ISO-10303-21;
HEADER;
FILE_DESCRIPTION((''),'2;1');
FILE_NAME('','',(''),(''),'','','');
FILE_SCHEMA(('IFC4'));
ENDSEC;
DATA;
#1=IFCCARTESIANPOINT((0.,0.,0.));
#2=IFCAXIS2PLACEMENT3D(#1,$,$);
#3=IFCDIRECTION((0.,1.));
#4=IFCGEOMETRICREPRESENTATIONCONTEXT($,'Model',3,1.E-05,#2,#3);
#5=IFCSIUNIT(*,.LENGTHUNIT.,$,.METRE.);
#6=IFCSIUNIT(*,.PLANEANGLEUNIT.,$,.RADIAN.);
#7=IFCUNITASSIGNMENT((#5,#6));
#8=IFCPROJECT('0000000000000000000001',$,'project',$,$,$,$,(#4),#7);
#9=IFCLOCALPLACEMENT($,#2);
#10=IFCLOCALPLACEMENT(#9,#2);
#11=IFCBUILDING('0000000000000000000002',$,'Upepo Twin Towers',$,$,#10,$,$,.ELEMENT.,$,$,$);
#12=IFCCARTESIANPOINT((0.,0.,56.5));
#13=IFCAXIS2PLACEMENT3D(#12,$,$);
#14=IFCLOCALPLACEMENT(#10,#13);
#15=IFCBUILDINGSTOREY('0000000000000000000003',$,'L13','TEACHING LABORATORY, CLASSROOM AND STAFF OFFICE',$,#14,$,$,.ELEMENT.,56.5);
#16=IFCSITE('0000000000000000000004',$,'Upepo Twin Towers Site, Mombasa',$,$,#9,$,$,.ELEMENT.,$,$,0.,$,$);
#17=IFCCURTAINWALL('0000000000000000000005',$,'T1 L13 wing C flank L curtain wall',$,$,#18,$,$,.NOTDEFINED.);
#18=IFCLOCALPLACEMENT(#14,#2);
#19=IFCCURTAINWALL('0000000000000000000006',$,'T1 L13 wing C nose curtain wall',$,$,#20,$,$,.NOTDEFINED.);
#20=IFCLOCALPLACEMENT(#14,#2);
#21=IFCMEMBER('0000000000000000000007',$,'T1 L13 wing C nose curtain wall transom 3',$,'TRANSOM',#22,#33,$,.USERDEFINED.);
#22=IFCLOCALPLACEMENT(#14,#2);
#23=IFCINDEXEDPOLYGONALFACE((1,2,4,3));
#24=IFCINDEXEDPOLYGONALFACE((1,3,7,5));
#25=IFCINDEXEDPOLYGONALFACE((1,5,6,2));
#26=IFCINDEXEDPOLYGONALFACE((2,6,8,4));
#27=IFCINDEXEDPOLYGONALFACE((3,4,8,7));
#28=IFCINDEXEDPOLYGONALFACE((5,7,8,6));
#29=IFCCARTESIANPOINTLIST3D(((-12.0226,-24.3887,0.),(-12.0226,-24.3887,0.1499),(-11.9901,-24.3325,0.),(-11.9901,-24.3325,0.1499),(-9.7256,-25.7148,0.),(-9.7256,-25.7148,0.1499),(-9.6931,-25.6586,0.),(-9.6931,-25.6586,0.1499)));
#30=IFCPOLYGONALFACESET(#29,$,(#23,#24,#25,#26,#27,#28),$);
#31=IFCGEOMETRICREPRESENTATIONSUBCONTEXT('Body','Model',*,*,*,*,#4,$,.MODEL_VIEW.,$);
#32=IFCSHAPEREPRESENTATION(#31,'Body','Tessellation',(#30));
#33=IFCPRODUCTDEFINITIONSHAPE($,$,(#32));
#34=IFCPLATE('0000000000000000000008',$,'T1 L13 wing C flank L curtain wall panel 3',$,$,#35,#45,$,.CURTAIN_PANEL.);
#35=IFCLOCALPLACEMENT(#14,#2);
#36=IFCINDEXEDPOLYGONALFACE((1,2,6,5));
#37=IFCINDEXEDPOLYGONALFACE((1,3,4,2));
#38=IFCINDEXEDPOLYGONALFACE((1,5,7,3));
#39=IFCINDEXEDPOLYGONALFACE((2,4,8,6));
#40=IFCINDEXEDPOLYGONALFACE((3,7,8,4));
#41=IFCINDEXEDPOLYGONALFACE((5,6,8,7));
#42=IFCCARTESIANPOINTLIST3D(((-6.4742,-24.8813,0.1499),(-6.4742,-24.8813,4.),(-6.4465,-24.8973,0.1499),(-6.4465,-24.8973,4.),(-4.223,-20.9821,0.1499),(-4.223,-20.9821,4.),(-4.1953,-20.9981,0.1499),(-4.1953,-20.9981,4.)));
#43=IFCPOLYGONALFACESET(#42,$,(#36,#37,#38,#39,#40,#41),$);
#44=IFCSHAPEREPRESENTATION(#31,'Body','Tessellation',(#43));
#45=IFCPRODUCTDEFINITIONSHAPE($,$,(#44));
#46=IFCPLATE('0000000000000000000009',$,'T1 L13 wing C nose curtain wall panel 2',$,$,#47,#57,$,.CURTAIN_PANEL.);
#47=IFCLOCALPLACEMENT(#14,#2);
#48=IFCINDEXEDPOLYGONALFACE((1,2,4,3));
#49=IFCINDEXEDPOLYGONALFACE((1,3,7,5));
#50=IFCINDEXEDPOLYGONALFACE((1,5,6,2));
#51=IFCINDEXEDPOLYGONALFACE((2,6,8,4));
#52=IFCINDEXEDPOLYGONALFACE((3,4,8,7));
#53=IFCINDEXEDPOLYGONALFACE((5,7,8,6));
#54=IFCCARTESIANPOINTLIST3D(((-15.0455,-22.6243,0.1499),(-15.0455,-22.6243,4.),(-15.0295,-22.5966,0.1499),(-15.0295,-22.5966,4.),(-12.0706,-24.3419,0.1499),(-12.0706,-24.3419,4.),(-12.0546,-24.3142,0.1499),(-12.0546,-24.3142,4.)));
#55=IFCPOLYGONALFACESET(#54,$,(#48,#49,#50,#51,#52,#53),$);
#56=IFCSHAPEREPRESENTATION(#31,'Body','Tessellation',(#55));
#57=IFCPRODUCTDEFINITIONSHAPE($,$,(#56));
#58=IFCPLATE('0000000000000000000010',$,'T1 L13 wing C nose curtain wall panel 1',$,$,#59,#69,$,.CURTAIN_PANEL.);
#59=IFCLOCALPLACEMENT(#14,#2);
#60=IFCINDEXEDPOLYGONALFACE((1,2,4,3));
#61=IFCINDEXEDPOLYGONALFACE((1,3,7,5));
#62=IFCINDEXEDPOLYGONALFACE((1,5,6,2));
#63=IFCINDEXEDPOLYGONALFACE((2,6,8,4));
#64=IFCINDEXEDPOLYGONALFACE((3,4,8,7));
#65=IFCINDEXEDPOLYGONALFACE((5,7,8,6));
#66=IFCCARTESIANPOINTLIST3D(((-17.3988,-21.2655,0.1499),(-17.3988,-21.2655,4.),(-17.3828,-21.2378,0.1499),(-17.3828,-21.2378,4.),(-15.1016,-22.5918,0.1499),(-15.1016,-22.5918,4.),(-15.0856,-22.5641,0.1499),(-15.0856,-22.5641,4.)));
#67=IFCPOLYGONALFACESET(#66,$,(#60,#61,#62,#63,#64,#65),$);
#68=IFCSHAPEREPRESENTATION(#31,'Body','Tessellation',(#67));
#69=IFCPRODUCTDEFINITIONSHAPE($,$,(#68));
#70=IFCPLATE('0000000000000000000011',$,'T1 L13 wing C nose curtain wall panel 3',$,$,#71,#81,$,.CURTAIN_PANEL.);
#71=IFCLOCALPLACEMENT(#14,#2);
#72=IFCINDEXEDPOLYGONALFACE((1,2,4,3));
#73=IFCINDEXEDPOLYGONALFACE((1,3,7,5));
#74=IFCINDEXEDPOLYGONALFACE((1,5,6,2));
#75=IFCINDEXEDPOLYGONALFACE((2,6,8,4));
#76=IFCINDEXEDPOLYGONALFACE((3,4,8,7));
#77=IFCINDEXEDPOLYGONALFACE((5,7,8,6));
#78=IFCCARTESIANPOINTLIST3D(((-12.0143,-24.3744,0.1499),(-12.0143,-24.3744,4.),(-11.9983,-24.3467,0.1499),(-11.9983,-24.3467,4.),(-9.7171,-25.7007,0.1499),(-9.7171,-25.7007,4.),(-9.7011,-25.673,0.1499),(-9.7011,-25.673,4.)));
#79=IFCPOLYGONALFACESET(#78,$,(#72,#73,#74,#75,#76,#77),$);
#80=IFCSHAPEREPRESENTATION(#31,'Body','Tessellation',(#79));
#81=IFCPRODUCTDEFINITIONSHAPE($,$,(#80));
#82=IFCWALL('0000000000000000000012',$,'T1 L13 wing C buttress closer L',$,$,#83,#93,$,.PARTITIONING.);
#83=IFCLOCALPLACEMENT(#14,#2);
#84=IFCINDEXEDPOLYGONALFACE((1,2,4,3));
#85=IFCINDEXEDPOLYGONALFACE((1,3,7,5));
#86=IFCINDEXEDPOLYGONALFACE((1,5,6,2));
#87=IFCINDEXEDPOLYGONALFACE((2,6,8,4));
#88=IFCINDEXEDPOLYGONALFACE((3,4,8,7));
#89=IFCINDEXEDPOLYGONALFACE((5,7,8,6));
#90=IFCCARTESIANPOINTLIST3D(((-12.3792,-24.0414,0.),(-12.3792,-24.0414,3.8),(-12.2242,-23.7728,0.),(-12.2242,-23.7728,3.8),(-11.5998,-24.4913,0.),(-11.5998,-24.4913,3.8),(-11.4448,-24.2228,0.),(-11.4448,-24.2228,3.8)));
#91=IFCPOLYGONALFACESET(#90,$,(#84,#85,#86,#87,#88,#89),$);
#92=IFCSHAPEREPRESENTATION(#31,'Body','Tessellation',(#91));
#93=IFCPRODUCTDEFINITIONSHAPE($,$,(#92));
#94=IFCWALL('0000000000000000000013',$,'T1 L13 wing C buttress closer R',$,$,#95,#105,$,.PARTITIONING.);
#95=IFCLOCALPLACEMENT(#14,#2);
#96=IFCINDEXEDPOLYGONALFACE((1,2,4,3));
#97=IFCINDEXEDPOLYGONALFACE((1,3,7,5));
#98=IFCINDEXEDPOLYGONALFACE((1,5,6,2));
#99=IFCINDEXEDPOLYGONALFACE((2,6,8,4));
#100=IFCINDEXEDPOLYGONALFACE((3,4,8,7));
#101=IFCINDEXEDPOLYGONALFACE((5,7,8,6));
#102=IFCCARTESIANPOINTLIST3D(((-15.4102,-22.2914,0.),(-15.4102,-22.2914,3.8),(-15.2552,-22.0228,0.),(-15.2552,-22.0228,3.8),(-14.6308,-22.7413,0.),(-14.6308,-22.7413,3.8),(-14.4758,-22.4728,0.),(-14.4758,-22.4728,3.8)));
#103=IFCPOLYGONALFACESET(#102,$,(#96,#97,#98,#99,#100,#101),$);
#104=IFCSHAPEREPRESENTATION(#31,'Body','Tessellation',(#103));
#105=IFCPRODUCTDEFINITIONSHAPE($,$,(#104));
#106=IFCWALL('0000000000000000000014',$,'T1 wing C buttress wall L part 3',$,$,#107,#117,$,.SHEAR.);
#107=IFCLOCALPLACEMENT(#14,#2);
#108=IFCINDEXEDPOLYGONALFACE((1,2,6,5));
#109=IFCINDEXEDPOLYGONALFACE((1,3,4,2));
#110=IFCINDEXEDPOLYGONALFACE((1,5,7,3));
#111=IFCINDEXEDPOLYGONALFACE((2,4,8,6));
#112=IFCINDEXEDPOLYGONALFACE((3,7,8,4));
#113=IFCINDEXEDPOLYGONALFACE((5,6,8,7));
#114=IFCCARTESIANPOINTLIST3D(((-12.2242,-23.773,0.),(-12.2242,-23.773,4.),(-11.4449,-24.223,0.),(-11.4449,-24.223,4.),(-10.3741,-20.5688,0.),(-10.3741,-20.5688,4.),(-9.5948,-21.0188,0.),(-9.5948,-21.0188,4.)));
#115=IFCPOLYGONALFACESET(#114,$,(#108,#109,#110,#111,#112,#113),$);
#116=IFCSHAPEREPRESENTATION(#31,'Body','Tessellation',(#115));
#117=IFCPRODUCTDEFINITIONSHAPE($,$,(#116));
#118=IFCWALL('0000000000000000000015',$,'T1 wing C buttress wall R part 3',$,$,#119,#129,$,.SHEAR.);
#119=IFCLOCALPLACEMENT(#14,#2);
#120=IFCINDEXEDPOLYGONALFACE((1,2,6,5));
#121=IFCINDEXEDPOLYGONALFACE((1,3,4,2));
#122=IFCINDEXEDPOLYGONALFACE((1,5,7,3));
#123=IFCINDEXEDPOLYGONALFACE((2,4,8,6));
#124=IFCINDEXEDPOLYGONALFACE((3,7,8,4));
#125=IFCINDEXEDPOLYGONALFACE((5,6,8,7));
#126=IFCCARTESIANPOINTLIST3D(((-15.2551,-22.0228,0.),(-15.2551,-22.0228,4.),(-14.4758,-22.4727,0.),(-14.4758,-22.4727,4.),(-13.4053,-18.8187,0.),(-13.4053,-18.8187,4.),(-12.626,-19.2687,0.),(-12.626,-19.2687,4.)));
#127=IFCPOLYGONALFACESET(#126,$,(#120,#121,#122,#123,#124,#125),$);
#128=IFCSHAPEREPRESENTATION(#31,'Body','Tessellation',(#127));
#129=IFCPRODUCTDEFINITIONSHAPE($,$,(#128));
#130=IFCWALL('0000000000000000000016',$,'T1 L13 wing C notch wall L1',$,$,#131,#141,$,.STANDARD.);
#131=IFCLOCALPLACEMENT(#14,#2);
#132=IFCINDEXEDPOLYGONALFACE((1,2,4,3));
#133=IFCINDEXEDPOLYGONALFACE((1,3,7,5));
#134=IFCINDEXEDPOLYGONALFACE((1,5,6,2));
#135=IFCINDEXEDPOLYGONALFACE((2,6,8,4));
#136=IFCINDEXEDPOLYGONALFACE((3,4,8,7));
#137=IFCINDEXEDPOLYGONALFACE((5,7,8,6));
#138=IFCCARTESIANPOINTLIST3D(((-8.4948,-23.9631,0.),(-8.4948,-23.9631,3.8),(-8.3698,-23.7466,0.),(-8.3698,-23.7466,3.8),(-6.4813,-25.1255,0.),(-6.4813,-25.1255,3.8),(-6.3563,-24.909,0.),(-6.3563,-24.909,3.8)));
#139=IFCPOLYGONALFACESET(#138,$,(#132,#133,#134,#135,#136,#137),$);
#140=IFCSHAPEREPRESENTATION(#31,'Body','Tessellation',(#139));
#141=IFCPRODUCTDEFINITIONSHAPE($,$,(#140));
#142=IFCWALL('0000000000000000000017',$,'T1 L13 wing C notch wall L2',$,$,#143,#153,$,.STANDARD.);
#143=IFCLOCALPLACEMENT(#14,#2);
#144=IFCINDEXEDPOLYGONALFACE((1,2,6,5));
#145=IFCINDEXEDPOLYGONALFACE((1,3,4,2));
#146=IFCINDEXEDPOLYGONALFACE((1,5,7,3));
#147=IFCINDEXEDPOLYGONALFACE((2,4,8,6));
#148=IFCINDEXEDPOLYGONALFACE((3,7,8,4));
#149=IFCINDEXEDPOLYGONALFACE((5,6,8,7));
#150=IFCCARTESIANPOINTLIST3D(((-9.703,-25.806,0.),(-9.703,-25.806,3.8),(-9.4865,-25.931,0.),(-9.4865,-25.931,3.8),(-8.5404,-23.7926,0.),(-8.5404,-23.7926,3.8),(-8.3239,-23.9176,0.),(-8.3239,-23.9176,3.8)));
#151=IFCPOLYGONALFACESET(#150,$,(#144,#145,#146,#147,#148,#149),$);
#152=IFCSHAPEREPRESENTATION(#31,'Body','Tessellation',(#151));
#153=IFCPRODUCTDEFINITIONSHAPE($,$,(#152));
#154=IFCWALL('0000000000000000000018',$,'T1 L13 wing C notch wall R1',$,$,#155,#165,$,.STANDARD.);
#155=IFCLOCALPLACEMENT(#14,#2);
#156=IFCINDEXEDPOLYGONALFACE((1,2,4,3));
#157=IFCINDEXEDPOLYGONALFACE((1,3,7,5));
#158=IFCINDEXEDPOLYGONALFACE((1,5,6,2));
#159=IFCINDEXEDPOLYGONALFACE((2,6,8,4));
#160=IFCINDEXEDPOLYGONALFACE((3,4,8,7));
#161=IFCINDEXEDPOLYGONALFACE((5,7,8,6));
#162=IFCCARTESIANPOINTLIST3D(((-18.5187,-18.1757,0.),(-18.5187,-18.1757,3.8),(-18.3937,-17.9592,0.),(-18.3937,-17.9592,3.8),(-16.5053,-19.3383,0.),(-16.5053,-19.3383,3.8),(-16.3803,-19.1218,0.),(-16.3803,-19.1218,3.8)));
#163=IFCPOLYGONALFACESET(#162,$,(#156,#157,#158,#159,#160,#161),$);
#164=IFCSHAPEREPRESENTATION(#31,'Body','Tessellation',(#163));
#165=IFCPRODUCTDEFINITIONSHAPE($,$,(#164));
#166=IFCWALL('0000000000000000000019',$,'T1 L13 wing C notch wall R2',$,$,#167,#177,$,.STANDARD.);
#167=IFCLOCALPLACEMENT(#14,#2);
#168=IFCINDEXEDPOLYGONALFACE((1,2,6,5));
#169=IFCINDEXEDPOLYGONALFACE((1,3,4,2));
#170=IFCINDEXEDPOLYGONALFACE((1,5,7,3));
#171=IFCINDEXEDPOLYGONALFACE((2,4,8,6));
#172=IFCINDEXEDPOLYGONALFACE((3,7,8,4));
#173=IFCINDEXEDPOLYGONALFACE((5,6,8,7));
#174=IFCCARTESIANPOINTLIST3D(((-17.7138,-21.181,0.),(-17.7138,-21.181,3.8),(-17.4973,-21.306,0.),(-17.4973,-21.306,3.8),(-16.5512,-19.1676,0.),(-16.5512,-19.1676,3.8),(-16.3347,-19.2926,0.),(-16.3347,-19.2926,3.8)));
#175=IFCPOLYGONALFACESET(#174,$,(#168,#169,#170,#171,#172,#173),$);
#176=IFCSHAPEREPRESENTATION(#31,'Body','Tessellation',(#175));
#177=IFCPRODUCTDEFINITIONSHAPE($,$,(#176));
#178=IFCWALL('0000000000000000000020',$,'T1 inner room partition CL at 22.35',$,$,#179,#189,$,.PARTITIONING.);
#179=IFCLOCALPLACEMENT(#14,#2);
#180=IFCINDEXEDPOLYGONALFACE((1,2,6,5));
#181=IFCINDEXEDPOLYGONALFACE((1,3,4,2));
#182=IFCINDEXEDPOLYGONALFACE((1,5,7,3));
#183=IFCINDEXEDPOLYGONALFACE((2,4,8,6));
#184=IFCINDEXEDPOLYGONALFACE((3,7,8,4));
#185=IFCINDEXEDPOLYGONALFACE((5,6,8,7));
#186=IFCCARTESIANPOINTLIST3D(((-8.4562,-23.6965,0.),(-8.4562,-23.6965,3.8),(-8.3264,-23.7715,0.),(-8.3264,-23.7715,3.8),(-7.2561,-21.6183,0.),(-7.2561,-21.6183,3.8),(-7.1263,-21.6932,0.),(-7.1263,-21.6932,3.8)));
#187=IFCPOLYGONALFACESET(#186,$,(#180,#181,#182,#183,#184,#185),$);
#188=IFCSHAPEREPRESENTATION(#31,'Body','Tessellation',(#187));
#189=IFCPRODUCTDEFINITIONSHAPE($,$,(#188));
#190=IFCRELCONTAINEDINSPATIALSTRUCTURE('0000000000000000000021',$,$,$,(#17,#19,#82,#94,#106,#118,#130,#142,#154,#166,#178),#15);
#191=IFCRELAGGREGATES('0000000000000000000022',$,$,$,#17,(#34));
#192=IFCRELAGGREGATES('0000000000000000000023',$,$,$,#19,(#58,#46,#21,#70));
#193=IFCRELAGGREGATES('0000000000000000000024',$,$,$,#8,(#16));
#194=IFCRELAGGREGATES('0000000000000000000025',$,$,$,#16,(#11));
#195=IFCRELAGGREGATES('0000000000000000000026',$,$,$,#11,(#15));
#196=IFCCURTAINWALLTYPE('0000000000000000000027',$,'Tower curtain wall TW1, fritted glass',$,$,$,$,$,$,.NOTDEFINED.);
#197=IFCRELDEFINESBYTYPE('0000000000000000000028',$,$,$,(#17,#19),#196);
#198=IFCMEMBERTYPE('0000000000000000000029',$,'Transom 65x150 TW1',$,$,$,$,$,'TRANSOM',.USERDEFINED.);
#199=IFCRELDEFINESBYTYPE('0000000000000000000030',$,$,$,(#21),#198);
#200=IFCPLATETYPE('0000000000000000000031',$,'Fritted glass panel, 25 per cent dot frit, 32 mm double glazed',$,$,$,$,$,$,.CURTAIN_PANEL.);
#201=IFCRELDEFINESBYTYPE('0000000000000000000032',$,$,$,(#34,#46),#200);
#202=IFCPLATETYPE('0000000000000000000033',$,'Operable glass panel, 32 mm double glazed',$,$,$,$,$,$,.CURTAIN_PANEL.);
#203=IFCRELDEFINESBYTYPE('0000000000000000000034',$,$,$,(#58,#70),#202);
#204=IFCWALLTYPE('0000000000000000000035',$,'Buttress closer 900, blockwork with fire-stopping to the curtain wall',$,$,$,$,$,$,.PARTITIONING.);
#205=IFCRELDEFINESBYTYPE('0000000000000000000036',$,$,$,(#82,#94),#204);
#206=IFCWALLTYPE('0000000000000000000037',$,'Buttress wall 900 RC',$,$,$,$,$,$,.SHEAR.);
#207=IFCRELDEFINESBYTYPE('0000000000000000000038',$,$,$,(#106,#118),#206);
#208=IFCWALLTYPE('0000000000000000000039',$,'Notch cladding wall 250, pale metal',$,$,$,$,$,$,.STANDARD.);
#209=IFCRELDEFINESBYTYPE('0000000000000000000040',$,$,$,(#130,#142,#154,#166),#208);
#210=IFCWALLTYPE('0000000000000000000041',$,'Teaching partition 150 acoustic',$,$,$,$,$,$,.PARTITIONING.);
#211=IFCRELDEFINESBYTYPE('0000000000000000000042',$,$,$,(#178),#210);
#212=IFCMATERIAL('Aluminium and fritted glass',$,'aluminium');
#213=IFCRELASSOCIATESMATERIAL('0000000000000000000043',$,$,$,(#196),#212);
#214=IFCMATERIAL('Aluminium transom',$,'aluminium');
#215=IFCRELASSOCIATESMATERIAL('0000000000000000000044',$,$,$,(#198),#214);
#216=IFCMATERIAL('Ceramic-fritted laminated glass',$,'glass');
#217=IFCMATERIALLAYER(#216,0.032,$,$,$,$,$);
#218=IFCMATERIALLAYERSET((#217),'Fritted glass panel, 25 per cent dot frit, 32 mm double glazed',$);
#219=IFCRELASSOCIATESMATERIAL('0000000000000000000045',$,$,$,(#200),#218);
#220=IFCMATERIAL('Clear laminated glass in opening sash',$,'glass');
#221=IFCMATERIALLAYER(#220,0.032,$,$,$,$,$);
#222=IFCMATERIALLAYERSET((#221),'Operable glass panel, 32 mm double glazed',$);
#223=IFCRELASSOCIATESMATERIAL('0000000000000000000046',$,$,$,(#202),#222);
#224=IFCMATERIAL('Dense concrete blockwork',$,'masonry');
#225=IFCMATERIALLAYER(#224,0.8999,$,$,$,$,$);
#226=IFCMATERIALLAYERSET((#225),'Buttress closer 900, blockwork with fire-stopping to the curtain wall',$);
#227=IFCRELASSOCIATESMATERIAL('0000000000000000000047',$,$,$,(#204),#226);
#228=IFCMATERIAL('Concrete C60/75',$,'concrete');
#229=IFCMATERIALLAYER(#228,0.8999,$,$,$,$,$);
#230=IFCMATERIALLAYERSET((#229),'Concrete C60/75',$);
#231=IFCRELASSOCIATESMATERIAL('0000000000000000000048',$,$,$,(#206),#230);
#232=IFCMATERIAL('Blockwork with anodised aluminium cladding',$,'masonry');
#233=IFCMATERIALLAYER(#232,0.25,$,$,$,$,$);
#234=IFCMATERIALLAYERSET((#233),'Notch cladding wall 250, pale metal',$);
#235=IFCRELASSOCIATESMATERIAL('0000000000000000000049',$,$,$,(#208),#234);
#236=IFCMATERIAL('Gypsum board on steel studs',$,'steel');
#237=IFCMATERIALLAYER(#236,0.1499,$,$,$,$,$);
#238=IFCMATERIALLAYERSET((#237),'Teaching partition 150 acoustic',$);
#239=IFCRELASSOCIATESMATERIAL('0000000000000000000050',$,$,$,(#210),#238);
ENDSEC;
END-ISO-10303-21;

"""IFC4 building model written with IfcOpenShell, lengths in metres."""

from ifc_helpers import new_model, si_unit, direction, frame, frame_2d, origin, origin_2d, place, context, subcontext, project, spatial, rectangle, extrude, material, layer, layer_set, material_profile, profile_set, type_object, element, aggregate, save


model = new_model("IFC4")

# Units and contexts
model_context = context("Model", 3, precision=1e-05, world=origin(), true_north=direction((0.0, 1.0)))
body_context = subcontext(model_context, "Body", "Model", "MODEL_VIEW")
ifc_project = project(units=[si_unit("LENGTHUNIT", "METRE"), si_unit("PLANEANGLEUNIT", "RADIAN")], contexts=[model_context])

# Site, building, storey
site_placement = place(None, origin())
site = spatial("IfcSite", under=ifc_project, at=site_placement, Name="Upepo Twin Towers Site, Mombasa", CompositionType="ELEMENT", RefElevation=0.0)
building_placement = place(site_placement, origin())
building = spatial("IfcBuilding", under=site, at=building_placement, Name="Upepo Twin Towers", CompositionType="ELEMENT")
storey_placement = place(building_placement, frame((0.0, 0.0, 56.5)))
storey = spatial("IfcBuildingStorey", under=building, at=storey_placement, Name="L13", Description="TEACHING LABORATORY, CLASSROOM AND STAFF OFFICE", CompositionType="ELEMENT", Elevation=56.5)

# Curtain wall
ifc_material_1 = material(Name="Aluminium and fritted glass", Category="aluminium")
curtain_wall_type = type_object("IfcCurtainWallType", Name="Tower curtain wall TW1, fritted glass", PredefinedType="NOTDEFINED", material=ifc_material_1)
curtain_wall_1_placement = place(storey_placement, origin())
curtain_wall_1 = element("IfcCurtainWall", 1, at=curtain_wall_1_placement, inside=storey, type_object=curtain_wall_type, Name="T1 L13 wing C flank L curtain wall", PredefinedType="NOTDEFINED")

# Curtain wall
curtain_wall_2_placement = place(storey_placement, origin())
curtain_wall_2 = element("IfcCurtainWall", 2, at=curtain_wall_2_placement, inside=storey, type_object=curtain_wall_type, Name="T1 L13 wing C nose curtain wall", PredefinedType="NOTDEFINED")

# Member
ifc_material_2 = material(Name="Aluminium transom", Category="aluminium")
ifc_material_profile_1 = material_profile(ifc_material_2, rectangle(XDim=0.0649, YDim=0.1499, at=origin_2d()), Name="TRANSOM 65x150")
ifc_profile_set_1 = profile_set([ifc_material_profile_1], Name="Aluminium transom")
member_type_1 = type_object("IfcMemberType", Name="Transom 65x150 TW1", ElementType="TRANSOM", PredefinedType="USERDEFINED", material=ifc_profile_set_1)
member_1_placement = place(storey_placement, frame((-12.0063, -24.3606, 0.075), z_axis=(0.866037, -0.49998, 0.0), x_axis=(0.49998, 0.866037, 0.0)))
member_1 = element("IfcMember", 3, at=member_1_placement, type_object=member_type_1, Name="T1 L13 wing C nose curtain wall transom 3", ObjectType="TRANSOM", PredefinedType="USERDEFINED", context=body_context, shape_type="SweptSolid", body=[
    extrude(rectangle(XDim=0.0649, YDim=0.1499, at=origin_2d()), origin(), (0.0, 0.0, 1.0), 2.6523),
])

# Plates
ifc_material_3 = material(Name="Ceramic-fritted laminated glass", Category="glass")
ifc_layer_1 = layer(ifc_material_3, 0.032)
ifc_layer_set_1 = layer_set([ifc_layer_1], Name="Fritted glass panel, 25 per cent dot frit, 32 mm double glazed")
plate_type_1 = type_object("IfcPlateType", Name="Fritted glass panel, 25 per cent dot frit, 32 mm double glazed", PredefinedType="CURTAIN_PANEL", material=ifc_layer_set_1)
plate_1_placement = place(storey_placement, frame((-5.3347, -22.9397, 0.1499), z_axis=(0.0, 0.0, 1.0), x_axis=(-0.5, -0.866025, 0.0)))
plate_1 = element("IfcPlate", 4, at=plate_1_placement, type_object=plate_type_1, Name="T1 L13 wing C flank L curtain wall panel 3", PredefinedType="CURTAIN_PANEL", context=body_context, shape_type="SweptSolid", body=[
    extrude(rectangle(XDim=4.5024, YDim=0.032, at=origin_2d()), origin(), (0.0, 0.0, 1.0), 3.8501),
])
aggregate(curtain_wall_1, [plate_1])
plate_2_placement = place(storey_placement, frame((-13.55, -23.4692, 0.1499), z_axis=(0.0, 0.0, 1.0), x_axis=(0.866025, -0.5, 0.0)))
plate_2 = element("IfcPlate", 5, at=plate_2_placement, type_object=plate_type_1, Name="T1 L13 wing C nose curtain wall panel 2", PredefinedType="CURTAIN_PANEL", context=body_context, shape_type="SweptSolid", body=[
    extrude(rectangle(XDim=3.4351, YDim=0.032, at=origin_2d()), origin(), (0.0, 0.0, 1.0), 3.8501),
])
ifc_material_4 = material(Name="Clear laminated glass in opening sash", Category="glass")
ifc_layer_2 = layer(ifc_material_4, 0.032)
ifc_layer_set_2 = layer_set([ifc_layer_2], Name="Operable glass panel, 32 mm double glazed")
plate_type_2 = type_object("IfcPlateType", Name="Operable glass panel, 32 mm double glazed", PredefinedType="CURTAIN_PANEL", material=ifc_layer_set_2)
plate_3_placement = place(storey_placement, frame((-16.2422, -21.9148, 0.1499), z_axis=(0.0, 0.0, 1.0), x_axis=(0.866025, -0.5, 0.0)))
plate_3 = element("IfcPlate", 6, at=plate_3_placement, type_object=plate_type_2, Name="T1 L13 wing C nose curtain wall panel 1", PredefinedType="CURTAIN_PANEL", context=body_context, shape_type="SweptSolid", body=[
    extrude(rectangle(XDim=2.6526, YDim=0.032, at=origin_2d()), origin(), (0.0, 0.0, 1.0), 3.8501),
])
plate_4_placement = place(storey_placement, frame((-10.8577, -25.0237, 0.1499), z_axis=(0.0, 0.0, 1.0), x_axis=(0.866025, -0.5, 0.0)))
plate_4 = element("IfcPlate", 7, at=plate_4_placement, type_object=plate_type_2, Name="T1 L13 wing C nose curtain wall panel 3", PredefinedType="CURTAIN_PANEL", context=body_context, shape_type="SweptSolid", body=[
    extrude(rectangle(XDim=2.6526, YDim=0.032, at=origin_2d()), origin(), (0.0, 0.0, 1.0), 3.8501),
])
aggregate(curtain_wall_2, [plate_3, plate_2, member_1, plate_4])

# Walls
ifc_material_5 = material(Name="Dense concrete blockwork", Category="masonry")
ifc_layer_3 = layer(ifc_material_5, 0.8999)
ifc_layer_set_3 = layer_set([ifc_layer_3], Name="Buttress closer 900, blockwork with fire-stopping to the curtain wall")
wall_type_1 = type_object("IfcWallType", Name="Buttress closer 900, blockwork with fire-stopping to the curtain wall", PredefinedType="PARTITIONING", material=ifc_layer_set_3)
for number, where, z_axis, x_axis, name in (
    (8, (-11.8345, -23.9978, 0.0), (0.0, 0.0, 1.0), (-0.49995, -0.866054, 0.0), "T1 L13 wing C buttress closer L"),
    (9, (-14.8655, -22.2478, 0.0), (0.0, 0.0, 1.0), (-0.49995, -0.866054, 0.0), "T1 L13 wing C buttress closer R"),
):
    element("IfcWall", number, at=place(storey_placement, frame(where, z_axis=z_axis, x_axis=x_axis)), inside=storey, type_object=wall_type_1, Name=name, PredefinedType="PARTITIONING", context=body_context, shape_type="SweptSolid", body=[
        extrude(rectangle(XDim=0.3101, YDim=0.8999, at=frame_2d((0.155, 0.0))), origin(), (0.0, 0.0, 1.0), 3.8),
    ])
ifc_material_6 = material(Name="Concrete C60/75", Category="concrete")
ifc_layer_4 = layer(ifc_material_6, 0.8999)
ifc_layer_set_4 = layer_set([ifc_layer_4], Name="Concrete C60/75")
wall_type_2 = type_object("IfcWallType", Name="Buttress wall 900 RC", PredefinedType="SHEAR", material=ifc_layer_set_4)
wall_1_placement = place(storey_placement, frame((-9.9844, -20.7937, 0.0), z_axis=(0.0, 0.0, 1.0), x_axis=(-0.500042, -0.866001, 0.0)))
element("IfcWall", 10, at=wall_1_placement, inside=storey, type_object=wall_type_2, Name="T1 wing C buttress wall L part 3", PredefinedType="SHEAR", context=body_context, shape_type="SweptSolid", body=[
    extrude(rectangle(XDim=3.7, YDim=0.8999, at=frame_2d((1.8501, 0.0))), origin(), (0.0, 0.0, 1.0), 4.0),
])
wall_2_placement = place(storey_placement, frame((-13.0156, -19.0437, 0.0), z_axis=(0.0, 0.0, 1.0), x_axis=(-0.499993, -0.86603, 0.0)))
element("IfcWall", 11, at=wall_2_placement, inside=storey, type_object=wall_type_2, Name="T1 wing C buttress wall R part 3", PredefinedType="SHEAR", context=body_context, shape_type="SweptSolid", body=[
    extrude(rectangle(XDim=3.6997, YDim=0.8999, at=frame_2d((1.8499, 0.0))), origin(), (0.0, 0.0, 1.0), 4.0),
])
ifc_material_7 = material(Name="Blockwork with anodised aluminium cladding", Category="masonry")
ifc_layer_5 = layer(ifc_material_7, 0.25)
ifc_layer_set_5 = layer_set([ifc_layer_5], Name="Notch cladding wall 250, pale metal")
wall_type_3 = type_object("IfcWallType", Name="Notch cladding wall 250, pale metal", PredefinedType="STANDARD", material=ifc_layer_set_5)
for number, where, z_axis, x_axis, name in (
    (12, (-6.4187, -25.0173, 0.0), (0.0, 0.0, 1.0), (-0.866044, 0.499968, 0.0), "T1 L13 wing C notch wall L1"),
    (13, (-8.4321, -23.855, 0.0), (0.0, 0.0, 1.0), (-0.500047, -0.865998, 0.0), "T1 L13 wing C notch wall L2"),
    (14, (-18.4563, -18.0674, 0.0), (0.0, 0.0, 1.0), (0.865998, -0.500047, 0.0), "T1 L13 wing C notch wall R1"),
    (15, (-16.4429, -19.23, 0.0), (0.0, 0.0, 1.0), (-0.500047, -0.865998, 0.0), "T1 L13 wing C notch wall R2"),
):
    element("IfcWall", number, at=place(storey_placement, frame(where, z_axis=z_axis, x_axis=x_axis)), inside=storey, type_object=wall_type_3, Name=name, PredefinedType="STANDARD", context=body_context, shape_type="SweptSolid", body=[
        extrude(rectangle(XDim=2.325, YDim=0.25, at=frame_2d((1.1626, 0.0))), origin(), (0.0, 0.0, 1.0), 3.8),
    ])
ifc_material_8 = material(Name="Gypsum board on steel studs", Category="steel")
ifc_layer_6 = layer(ifc_material_8, 0.1499)
ifc_layer_set_6 = layer_set([ifc_layer_6], Name="Teaching partition 150 acoustic")
wall_type_4 = type_object("IfcWallType", Name="Teaching partition 150 acoustic", PredefinedType="PARTITIONING", material=ifc_layer_set_6)
wall_3_placement = place(storey_placement, frame((-7.1912, -21.6558, 0.0), z_axis=(0.0, 0.0, 1.0), x_axis=(-0.500078, -0.865981, 0.0)))
element("IfcWall", 16, at=wall_3_placement, inside=storey, type_object=wall_type_4, Name="T1 inner room partition CL at 22.35", PredefinedType="PARTITIONING", context=body_context, shape_type="SweptSolid", body=[
    extrude(rectangle(XDim=2.3999, YDim=0.1499, at=frame_2d((1.2, 0.0))), origin(), (0.0, 0.0, 1.0), 3.8),
])

save(model, "model.ifc")
